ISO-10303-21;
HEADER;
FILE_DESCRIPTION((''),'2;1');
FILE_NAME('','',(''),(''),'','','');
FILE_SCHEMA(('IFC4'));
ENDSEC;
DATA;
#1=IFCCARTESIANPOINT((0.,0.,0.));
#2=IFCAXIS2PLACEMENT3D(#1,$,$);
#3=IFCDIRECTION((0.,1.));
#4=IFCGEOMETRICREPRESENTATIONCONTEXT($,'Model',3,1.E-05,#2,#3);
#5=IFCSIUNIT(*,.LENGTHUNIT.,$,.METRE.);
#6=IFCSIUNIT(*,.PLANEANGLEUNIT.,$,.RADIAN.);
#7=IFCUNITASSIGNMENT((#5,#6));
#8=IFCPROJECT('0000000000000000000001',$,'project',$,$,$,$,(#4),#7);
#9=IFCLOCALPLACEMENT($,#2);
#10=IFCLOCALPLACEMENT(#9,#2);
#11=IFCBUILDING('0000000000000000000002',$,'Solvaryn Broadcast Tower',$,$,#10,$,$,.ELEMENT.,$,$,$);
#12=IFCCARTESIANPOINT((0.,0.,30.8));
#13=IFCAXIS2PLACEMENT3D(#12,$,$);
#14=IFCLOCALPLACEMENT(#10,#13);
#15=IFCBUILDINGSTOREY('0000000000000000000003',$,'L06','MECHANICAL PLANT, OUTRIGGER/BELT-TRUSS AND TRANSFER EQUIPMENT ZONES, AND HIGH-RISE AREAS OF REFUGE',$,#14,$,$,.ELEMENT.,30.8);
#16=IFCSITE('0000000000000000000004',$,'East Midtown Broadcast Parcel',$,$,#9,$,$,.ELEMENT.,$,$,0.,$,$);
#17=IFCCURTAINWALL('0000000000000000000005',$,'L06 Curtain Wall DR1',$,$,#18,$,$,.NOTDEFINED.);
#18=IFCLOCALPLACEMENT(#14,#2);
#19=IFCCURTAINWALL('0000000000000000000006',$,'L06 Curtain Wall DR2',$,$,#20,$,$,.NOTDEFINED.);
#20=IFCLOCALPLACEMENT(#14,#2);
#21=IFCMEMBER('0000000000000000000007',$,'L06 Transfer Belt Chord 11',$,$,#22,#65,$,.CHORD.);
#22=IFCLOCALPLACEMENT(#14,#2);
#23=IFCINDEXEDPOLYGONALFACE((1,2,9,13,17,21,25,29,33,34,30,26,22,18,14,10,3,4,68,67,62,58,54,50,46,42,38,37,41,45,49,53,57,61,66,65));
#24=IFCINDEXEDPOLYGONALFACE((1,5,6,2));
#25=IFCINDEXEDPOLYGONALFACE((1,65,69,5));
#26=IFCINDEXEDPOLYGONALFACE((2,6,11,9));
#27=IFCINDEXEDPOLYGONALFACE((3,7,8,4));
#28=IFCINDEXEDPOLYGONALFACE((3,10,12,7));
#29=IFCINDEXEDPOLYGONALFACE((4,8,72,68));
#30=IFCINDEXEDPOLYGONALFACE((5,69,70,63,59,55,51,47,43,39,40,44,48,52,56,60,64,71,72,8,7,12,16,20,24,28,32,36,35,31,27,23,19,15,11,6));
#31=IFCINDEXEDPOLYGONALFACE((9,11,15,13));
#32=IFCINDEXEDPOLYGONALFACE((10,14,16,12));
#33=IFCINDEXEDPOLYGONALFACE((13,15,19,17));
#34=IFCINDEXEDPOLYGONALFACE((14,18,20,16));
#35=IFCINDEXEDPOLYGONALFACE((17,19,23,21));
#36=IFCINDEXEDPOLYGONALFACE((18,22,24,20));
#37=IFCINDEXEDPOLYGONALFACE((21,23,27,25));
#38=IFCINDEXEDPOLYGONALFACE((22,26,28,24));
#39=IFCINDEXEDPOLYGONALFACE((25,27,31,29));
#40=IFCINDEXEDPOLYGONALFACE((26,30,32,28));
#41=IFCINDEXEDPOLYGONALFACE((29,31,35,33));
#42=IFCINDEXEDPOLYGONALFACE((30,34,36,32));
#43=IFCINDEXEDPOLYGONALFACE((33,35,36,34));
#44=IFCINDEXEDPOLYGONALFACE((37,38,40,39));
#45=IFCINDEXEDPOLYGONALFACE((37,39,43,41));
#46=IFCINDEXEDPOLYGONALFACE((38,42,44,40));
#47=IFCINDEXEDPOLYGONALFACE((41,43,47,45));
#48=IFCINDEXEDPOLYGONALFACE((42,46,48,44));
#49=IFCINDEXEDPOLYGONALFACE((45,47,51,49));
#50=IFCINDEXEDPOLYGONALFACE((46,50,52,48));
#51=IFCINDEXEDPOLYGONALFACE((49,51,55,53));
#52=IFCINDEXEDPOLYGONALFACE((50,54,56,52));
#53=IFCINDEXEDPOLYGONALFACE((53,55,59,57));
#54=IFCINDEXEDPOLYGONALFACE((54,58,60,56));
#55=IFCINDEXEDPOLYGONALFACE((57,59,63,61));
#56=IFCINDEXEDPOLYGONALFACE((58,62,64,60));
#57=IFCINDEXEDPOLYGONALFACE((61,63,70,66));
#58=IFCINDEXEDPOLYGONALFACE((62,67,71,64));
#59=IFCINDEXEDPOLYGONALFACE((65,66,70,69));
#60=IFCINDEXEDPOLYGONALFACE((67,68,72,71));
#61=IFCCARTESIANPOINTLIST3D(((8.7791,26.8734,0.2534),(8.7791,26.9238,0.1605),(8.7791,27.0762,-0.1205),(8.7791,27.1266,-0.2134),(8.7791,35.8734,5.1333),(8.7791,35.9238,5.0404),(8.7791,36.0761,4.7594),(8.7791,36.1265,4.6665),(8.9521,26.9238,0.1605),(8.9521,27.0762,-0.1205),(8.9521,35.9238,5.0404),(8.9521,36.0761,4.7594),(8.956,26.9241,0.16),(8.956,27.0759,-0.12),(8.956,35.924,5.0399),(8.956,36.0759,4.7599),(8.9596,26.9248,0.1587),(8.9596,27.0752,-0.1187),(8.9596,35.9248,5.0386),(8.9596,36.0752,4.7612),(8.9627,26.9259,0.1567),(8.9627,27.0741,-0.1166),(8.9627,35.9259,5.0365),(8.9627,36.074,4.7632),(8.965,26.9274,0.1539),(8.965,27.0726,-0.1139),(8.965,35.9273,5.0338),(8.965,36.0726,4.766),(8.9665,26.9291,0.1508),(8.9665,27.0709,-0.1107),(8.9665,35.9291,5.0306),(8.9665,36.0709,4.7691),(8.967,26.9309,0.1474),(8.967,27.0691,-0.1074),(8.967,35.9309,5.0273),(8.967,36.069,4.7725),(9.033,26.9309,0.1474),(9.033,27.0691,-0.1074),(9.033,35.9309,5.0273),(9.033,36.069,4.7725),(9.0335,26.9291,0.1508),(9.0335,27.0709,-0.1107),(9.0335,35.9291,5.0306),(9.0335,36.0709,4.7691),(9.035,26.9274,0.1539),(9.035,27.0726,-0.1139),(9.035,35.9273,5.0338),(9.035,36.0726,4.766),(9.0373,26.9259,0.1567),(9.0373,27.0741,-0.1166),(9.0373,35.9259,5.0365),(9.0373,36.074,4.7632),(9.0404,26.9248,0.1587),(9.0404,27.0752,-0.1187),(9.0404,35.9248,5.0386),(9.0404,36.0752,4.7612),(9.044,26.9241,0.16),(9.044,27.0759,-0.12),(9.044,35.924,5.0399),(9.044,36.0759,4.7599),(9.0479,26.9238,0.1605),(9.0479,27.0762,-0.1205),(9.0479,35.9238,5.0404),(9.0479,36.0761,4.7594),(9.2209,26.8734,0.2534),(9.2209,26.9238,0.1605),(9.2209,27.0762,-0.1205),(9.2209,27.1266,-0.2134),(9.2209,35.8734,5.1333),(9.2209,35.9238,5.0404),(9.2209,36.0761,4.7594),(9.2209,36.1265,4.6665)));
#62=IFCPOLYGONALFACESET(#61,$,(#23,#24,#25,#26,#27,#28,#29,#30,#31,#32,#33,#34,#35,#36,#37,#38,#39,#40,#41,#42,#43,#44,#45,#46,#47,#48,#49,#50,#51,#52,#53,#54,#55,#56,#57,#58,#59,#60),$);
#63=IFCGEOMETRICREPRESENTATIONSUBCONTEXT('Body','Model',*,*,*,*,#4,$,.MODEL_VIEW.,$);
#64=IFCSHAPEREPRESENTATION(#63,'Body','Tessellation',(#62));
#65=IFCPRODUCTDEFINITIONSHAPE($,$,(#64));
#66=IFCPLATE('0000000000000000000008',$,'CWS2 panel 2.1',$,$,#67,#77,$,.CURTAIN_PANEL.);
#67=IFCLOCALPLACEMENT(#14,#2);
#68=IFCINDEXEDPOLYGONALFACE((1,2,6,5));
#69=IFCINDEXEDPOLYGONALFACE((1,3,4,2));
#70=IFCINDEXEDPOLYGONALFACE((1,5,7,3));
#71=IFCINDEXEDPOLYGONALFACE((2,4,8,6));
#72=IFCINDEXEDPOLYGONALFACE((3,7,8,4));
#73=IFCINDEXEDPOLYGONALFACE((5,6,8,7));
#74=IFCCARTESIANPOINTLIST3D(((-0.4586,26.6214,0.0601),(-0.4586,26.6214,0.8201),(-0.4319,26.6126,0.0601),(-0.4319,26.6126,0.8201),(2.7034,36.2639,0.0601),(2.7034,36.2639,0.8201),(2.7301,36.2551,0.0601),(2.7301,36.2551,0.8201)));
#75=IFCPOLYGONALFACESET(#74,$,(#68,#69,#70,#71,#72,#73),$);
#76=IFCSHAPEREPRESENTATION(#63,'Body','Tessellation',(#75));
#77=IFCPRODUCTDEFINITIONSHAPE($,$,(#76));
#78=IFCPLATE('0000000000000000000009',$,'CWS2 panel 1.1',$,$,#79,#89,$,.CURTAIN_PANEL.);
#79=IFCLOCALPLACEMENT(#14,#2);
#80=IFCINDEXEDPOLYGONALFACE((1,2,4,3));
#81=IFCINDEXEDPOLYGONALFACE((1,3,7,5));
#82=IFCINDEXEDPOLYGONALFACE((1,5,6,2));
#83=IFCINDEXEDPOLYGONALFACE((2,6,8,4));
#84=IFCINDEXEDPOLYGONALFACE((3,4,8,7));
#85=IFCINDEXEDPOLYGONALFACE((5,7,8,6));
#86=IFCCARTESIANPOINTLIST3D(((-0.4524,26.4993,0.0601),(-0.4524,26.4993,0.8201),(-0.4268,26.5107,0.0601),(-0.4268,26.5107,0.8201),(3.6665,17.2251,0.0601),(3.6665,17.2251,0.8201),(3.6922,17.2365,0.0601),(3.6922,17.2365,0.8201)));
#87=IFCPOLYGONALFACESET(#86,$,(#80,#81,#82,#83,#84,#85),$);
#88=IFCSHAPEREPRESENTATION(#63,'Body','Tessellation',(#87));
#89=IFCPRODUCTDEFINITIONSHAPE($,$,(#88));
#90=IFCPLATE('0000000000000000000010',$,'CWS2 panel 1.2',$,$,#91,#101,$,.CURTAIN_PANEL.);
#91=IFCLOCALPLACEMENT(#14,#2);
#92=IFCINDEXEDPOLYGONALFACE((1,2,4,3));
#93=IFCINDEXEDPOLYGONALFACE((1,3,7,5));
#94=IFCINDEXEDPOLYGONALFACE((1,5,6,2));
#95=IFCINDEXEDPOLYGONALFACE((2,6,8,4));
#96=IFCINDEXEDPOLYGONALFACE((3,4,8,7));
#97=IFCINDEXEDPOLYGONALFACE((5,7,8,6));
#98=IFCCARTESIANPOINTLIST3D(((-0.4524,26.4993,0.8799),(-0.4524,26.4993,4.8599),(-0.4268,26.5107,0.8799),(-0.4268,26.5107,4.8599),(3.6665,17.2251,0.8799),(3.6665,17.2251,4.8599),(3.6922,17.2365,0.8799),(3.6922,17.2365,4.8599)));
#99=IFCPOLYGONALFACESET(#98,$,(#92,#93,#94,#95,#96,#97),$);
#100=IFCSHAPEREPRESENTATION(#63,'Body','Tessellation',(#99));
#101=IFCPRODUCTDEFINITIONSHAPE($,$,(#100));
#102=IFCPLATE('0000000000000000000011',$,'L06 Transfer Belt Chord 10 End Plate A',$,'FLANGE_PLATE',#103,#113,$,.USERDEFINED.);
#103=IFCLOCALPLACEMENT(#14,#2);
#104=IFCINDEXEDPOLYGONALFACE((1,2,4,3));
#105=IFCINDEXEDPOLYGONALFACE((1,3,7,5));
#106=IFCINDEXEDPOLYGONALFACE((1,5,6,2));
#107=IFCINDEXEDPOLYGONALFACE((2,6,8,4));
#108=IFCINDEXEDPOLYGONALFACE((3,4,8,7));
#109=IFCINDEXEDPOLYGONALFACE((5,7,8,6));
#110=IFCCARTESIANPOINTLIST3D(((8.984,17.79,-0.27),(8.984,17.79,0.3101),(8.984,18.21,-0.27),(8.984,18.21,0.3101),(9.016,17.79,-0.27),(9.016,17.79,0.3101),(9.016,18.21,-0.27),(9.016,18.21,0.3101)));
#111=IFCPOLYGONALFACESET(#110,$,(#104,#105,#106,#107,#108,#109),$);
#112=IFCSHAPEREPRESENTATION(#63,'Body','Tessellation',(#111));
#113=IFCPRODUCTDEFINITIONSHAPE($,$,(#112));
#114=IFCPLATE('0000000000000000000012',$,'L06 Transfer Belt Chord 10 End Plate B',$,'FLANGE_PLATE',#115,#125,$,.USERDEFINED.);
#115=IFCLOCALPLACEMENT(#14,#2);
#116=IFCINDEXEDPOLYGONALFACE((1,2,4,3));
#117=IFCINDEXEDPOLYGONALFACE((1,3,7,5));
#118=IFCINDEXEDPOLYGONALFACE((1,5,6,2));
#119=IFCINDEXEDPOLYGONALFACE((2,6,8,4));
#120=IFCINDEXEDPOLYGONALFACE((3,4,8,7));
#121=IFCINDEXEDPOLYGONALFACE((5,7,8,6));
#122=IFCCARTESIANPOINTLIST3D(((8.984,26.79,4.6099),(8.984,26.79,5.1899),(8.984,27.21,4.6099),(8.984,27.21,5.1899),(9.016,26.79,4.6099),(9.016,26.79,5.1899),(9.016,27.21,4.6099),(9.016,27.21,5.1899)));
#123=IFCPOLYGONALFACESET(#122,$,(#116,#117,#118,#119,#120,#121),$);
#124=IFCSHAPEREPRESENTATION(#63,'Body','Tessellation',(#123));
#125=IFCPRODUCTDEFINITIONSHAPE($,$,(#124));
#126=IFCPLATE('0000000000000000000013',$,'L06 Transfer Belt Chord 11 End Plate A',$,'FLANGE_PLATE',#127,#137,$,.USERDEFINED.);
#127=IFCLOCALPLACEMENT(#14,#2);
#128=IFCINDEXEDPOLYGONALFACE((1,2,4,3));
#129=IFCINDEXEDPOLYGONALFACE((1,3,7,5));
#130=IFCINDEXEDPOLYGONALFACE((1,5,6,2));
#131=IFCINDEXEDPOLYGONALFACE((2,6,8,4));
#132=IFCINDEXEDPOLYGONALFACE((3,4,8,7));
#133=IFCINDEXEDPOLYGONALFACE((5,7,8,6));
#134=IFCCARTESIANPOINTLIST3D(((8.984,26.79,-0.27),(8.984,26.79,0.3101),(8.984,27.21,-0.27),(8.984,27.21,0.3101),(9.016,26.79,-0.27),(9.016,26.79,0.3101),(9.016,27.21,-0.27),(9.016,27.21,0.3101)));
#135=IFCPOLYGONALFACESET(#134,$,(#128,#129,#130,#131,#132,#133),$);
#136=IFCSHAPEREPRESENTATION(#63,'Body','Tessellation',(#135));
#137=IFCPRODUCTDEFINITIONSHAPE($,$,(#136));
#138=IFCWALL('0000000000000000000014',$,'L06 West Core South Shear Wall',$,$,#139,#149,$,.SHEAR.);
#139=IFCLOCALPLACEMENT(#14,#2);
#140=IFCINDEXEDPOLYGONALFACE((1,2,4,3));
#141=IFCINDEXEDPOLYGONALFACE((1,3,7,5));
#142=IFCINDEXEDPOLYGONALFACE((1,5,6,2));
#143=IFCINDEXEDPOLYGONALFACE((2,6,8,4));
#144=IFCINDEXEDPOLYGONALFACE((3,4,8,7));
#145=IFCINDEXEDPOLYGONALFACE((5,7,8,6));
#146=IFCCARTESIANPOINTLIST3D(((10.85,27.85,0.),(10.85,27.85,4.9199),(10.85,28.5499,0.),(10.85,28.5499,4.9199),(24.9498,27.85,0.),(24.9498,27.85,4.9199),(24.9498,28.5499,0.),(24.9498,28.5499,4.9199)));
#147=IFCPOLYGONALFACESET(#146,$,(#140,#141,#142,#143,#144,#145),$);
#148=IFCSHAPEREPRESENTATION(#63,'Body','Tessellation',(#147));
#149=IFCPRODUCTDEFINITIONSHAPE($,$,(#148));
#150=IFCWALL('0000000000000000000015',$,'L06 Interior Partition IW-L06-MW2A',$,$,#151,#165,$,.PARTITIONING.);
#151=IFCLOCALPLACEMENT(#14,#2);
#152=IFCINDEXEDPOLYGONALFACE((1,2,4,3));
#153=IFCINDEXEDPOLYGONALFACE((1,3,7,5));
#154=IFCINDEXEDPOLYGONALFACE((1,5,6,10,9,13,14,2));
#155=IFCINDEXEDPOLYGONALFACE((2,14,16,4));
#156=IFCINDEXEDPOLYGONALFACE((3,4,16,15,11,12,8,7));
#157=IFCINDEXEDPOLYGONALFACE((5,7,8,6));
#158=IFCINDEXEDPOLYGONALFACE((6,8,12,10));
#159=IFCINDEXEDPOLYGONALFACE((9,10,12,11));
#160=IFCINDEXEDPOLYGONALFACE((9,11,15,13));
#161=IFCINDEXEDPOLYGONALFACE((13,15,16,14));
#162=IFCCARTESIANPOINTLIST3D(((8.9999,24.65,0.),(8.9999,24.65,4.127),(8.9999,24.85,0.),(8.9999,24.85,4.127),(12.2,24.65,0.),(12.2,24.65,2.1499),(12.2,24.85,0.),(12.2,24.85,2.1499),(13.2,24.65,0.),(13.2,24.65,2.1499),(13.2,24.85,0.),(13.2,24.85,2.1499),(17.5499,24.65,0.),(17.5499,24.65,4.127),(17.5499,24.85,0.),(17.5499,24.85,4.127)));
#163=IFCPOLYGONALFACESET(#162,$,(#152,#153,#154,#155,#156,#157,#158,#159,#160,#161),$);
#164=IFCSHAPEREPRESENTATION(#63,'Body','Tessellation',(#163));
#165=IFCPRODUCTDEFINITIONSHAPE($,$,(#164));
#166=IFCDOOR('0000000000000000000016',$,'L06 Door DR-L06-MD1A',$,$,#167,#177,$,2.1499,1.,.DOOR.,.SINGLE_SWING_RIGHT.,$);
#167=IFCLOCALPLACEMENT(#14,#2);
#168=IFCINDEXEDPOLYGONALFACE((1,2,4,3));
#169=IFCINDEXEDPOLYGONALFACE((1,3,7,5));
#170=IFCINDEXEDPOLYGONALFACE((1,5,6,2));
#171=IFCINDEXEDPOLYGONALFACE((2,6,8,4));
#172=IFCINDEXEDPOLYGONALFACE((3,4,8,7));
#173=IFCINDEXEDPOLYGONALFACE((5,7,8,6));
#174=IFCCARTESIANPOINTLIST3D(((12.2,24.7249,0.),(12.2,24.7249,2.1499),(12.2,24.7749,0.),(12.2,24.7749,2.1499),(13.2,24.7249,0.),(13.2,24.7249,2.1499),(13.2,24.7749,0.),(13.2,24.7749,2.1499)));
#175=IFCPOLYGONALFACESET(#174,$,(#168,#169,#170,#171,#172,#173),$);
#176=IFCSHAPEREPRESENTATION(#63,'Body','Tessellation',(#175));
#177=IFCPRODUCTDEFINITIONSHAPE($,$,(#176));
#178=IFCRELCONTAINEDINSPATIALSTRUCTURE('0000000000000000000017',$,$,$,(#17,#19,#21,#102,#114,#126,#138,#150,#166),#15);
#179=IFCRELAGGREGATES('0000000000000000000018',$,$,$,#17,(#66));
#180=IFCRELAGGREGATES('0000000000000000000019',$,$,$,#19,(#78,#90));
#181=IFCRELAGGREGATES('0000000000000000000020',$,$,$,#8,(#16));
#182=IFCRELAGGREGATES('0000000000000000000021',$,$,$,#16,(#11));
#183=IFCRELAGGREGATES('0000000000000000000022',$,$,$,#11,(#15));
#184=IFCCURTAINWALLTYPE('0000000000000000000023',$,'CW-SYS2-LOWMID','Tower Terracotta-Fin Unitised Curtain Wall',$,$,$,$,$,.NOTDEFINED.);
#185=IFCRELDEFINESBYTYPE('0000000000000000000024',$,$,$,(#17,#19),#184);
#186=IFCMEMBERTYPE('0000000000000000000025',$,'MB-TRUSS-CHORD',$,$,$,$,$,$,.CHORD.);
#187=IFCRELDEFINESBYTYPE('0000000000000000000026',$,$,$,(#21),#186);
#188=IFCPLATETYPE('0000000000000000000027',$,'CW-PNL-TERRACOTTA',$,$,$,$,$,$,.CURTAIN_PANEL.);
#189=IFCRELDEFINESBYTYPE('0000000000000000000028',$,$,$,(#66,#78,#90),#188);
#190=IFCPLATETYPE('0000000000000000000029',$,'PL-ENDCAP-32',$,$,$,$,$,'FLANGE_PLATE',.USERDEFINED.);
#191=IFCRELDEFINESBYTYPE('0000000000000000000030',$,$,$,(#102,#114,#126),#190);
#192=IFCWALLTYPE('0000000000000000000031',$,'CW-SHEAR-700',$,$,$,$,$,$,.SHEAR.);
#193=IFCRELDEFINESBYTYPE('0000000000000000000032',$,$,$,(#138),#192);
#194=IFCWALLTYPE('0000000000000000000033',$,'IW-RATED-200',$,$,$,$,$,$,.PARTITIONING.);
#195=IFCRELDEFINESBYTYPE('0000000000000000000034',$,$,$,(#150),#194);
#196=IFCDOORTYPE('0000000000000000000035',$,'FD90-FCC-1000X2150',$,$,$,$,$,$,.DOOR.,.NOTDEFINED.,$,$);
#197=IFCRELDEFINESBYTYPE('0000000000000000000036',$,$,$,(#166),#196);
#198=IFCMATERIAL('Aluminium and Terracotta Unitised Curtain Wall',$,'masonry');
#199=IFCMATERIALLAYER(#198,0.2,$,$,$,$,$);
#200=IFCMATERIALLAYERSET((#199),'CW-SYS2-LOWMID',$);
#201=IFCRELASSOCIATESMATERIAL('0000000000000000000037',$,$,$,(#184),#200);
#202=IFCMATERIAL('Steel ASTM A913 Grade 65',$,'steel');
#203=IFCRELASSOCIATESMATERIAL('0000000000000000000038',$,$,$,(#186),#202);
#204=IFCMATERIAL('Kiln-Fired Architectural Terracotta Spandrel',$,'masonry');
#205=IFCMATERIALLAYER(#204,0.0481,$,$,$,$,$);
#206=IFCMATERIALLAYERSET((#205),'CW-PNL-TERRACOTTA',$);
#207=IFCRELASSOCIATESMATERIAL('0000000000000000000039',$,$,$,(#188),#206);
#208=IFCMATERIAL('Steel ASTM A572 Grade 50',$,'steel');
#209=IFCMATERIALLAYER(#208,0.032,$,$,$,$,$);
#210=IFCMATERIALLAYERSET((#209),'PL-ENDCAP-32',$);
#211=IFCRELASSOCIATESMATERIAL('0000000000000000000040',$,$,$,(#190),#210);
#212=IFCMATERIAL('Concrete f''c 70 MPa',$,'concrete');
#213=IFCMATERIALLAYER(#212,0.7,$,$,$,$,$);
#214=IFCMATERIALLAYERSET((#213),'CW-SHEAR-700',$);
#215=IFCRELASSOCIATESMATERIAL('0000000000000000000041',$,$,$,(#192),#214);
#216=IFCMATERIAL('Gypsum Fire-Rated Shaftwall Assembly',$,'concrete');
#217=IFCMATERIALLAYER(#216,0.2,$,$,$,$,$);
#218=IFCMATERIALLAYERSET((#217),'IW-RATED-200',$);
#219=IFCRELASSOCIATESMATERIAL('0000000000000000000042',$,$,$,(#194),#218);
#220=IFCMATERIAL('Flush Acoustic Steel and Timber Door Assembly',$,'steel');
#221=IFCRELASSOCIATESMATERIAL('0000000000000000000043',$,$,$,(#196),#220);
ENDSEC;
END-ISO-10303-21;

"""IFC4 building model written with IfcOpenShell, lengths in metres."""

from ifc_helpers import new_model, si_unit, direction, frame, frame_2d, origin, origin_2d, place, context, subcontext, project, spatial, rectangle, i_section, extrude, material, layer, layer_set, material_profile, profile_set, type_object, element, fill, aggregate, save


model = new_model("IFC4")

# Units and contexts
model_context = context("Model", 3, precision=1e-05, world=origin(), true_north=direction((0.0, 1.0)))
body_context = subcontext(model_context, "Body", "Model", "MODEL_VIEW")
ifc_project = project(units=[si_unit("LENGTHUNIT", "METRE"), si_unit("PLANEANGLEUNIT", "RADIAN")], contexts=[model_context])

# Site, building, storey
site_placement = place(None, origin())
site = spatial("IfcSite", under=ifc_project, at=site_placement, Name="East Midtown Broadcast Parcel", CompositionType="ELEMENT", RefElevation=0.0)
building_placement = place(site_placement, origin())
building = spatial("IfcBuilding", under=site, at=building_placement, Name="Solvaryn Broadcast Tower", CompositionType="ELEMENT")
storey_placement = place(building_placement, frame((0.0, 0.0, 30.8)))
storey = spatial("IfcBuildingStorey", under=building, at=storey_placement, Name="L06", Description="MECHANICAL PLANT, OUTRIGGER/BELT-TRUSS AND TRANSFER EQUIPMENT ZONES, AND HIGH-RISE AREAS OF REFUGE", CompositionType="ELEMENT", Elevation=30.8)

# Curtain wall
ifc_material_1 = material(Name="Aluminium and Terracotta Unitised Curtain Wall", Category="masonry")
ifc_layer_1 = layer(ifc_material_1, 0.2)
ifc_layer_set_1 = layer_set([ifc_layer_1], Name="CW-SYS2-LOWMID")
curtain_wall_type = type_object("IfcCurtainWallType", Name="CW-SYS2-LOWMID", Description="Tower Terracotta-Fin Unitised Curtain Wall", PredefinedType="NOTDEFINED", material=ifc_layer_set_1)
curtain_wall_1_placement = place(storey_placement, origin())
curtain_wall_1 = element("IfcCurtainWall", 1, at=curtain_wall_1_placement, inside=storey, type_object=curtain_wall_type, Name="L06 Curtain Wall DR1", PredefinedType="NOTDEFINED")

# Curtain wall
curtain_wall_2_placement = place(storey_placement, origin())
curtain_wall_2 = element("IfcCurtainWall", 2, at=curtain_wall_2_placement, inside=storey, type_object=curtain_wall_type, Name="L06 Curtain Wall DR2", PredefinedType="NOTDEFINED")

# Member
ifc_material_2 = material(Name="Steel ASTM A913 Grade 65", Category="steel")
ifc_material_profile_1 = material_profile(ifc_material_2, i_section(OverallWidth=0.4419, OverallDepth=0.531, WebThickness=0.0659, FlangeThickness=0.1057, FilletRadius=0.0149, at=origin_2d()))
ifc_profile_set_1 = profile_set([ifc_material_profile_1], Name="Steel ASTM A913 Grade 65")
member_type_1 = type_object("IfcMemberType", Name="MB-TRUSS-CHORD", PredefinedType="CHORD", material=ifc_profile_set_1)
for number, where, z_axis, x_axis, name in (
    (3, (9.0, 27.0, 0.02), (0.0, 0.879092, 0.476652), (-1.0, 0.0, 0.0), "L06 Transfer Belt Chord 11"),
):
    element("IfcMember", number, at=place(storey_placement, frame(where, z_axis=z_axis, x_axis=x_axis)), inside=storey, type_object=member_type_1, Name=name, PredefinedType="CHORD", context=body_context, shape_type="SweptSolid", body=[
        extrude(i_section(OverallWidth=0.4419, OverallDepth=0.531, WebThickness=0.0659, FlangeThickness=0.1057, FilletRadius=0.0149, at=origin_2d()), origin(), (0.0, 0.0, 1.0), 10.2378),
    ])

# Plates
ifc_material_3 = material(Name="Kiln-Fired Architectural Terracotta Spandrel", Category="masonry")
ifc_layer_2 = layer(ifc_material_3, 0.0481)
ifc_layer_set_2 = layer_set([ifc_layer_2], Name="CW-PNL-TERRACOTTA")
plate_type_1 = type_object("IfcPlateType", Name="CW-PNL-TERRACOTTA", PredefinedType="CURTAIN_PANEL", material=ifc_layer_set_2)
plate_1_placement = place(storey_placement, frame((1.1357, 31.4382, 0.0601), z_axis=(0.0, 0.0, 1.0), x_axis=(-0.311594, -0.950215, 0.0)))
plate_1 = element("IfcPlate", 4, at=plate_1_placement, type_object=plate_type_1, Name="CWS2 panel 2.1", PredefinedType="CURTAIN_PANEL", context=body_context, shape_type="SweptSolid", body=[
    extrude(rectangle(XDim=10.1477, YDim=0.0281, at=origin_2d()), origin(), (0.0, 0.0, 1.0), 0.76),
])
aggregate(curtain_wall_1, [plate_1])
plate_2_placement = place(storey_placement, frame((1.6199, 21.8679, 0.0601), z_axis=(0.0, 0.0, 1.0), x_axis=(0.405898, -0.913918, 0.0)))
plate_2 = element("IfcPlate", 5, at=plate_2_placement, type_object=plate_type_1, Name="CWS2 panel 1.1", PredefinedType="CURTAIN_PANEL", context=body_context, shape_type="SweptSolid", body=[
    extrude(rectangle(XDim=10.1477, YDim=0.0281, at=origin_2d()), origin(), (0.0, 0.0, 1.0), 0.76),
])
plate_3_placement = place(storey_placement, frame((1.6199, 21.8679, 0.8799), z_axis=(0.0, 0.0, 1.0), x_axis=(0.405898, -0.913918, 0.0)))
plate_3 = element("IfcPlate", 6, at=plate_3_placement, type_object=plate_type_1, Name="CWS2 panel 1.2", PredefinedType="CURTAIN_PANEL", context=body_context, shape_type="SweptSolid", body=[
    extrude(rectangle(XDim=10.1477, YDim=0.0281, at=origin_2d()), origin(), (0.0, 0.0, 1.0), 3.98),
])
aggregate(curtain_wall_2, [plate_2, plate_3])

# Plates
ifc_material_4 = material(Name="Steel ASTM A572 Grade 50", Category="steel")
ifc_layer_3 = layer(ifc_material_4, 0.032)
ifc_layer_set_3 = layer_set([ifc_layer_3], Name="PL-ENDCAP-32")
plate_type_2 = type_object("IfcPlateType", Name="PL-ENDCAP-32", ElementType="FLANGE_PLATE", PredefinedType="USERDEFINED", material=ifc_layer_set_3)
for number, where, z_axis, x_axis, name in (
    (7, (9.0, 18.0, -0.27), (0.0, 0.0, 1.0), (1.0, 0.0, 0.0), "L06 Transfer Belt Chord 10 End Plate A"),
    (8, (9.0, 27.0, 4.6099), (0.0, 0.0, 1.0), (1.0, 0.0, 0.0), "L06 Transfer Belt Chord 10 End Plate B"),
    (9, (9.0, 27.0, -0.27), (0.0, 0.0, 1.0), (1.0, 0.0, 0.0), "L06 Transfer Belt Chord 11 End Plate A"),
):
    element("IfcPlate", number, at=place(storey_placement, frame(where, z_axis=z_axis, x_axis=x_axis)), inside=storey, type_object=plate_type_2, Name=name, ObjectType="FLANGE_PLATE", PredefinedType="USERDEFINED", context=body_context, shape_type="SweptSolid", body=[
        extrude(rectangle(XDim=0.032, YDim=0.4199, at=origin_2d()), origin(), (0.0, 0.0, 1.0), 0.5801),
    ])

# Wall
ifc_material_5 = material(Name="Concrete f'c 70 MPa", Category="concrete")
ifc_layer_4 = layer(ifc_material_5, 0.7)
ifc_layer_set_4 = layer_set([ifc_layer_4], Name="CW-SHEAR-700")
wall_type_1 = type_object("IfcWallType", Name="CW-SHEAR-700", PredefinedType="SHEAR", material=ifc_layer_set_4)
wall_1_placement = place(storey_placement, frame((10.8501, 28.2, 0.0), z_axis=(0.0, 0.0, 1.0), x_axis=(1.0, 0.0, 0.0)))
element("IfcWall", 10, at=wall_1_placement, inside=storey, type_object=wall_type_1, Name="L06 West Core South Shear Wall", PredefinedType="SHEAR", context=body_context, shape_type="SweptSolid", body=[
    extrude(rectangle(XDim=14.0999, YDim=0.7, at=frame_2d((7.0498, 0.0))), origin(), (0.0, 0.0, 1.0), 4.9199),
])

# Wall, opening, door
ifc_material_6 = material(Name="Gypsum Fire-Rated Shaftwall Assembly", Category="concrete")
ifc_layer_5 = layer(ifc_material_6, 0.2)
ifc_layer_set_5 = layer_set([ifc_layer_5], Name="IW-RATED-200")
wall_type_2 = type_object("IfcWallType", Name="IW-RATED-200", PredefinedType="PARTITIONING", material=ifc_layer_set_5)
wall_2_placement = place(storey_placement, frame((9.0, 24.75, 0.0), z_axis=(0.0, 0.0, 1.0), x_axis=(1.0, 0.0, 0.0)))
wall_2 = element("IfcWall", 11, at=wall_2_placement, inside=storey, type_object=wall_type_2, Name="L06 Interior Partition IW-L06-MW2A", PredefinedType="PARTITIONING", context=body_context, shape_type="SweptSolid", body=[
    extrude(rectangle(XDim=8.55, YDim=0.2, at=frame_2d((4.2749, 0.0))), origin(), (0.0, 0.0, 1.0), 4.127),
])
opening_1_placement = place(wall_2_placement, frame((3.2, 0.0, 0.0)))
opening_1 = element("IfcOpeningElement", 12, at=opening_1_placement, cuts=wall_2, PredefinedType="OPENING", context=body_context, shape_type="SweptSolid", body=[
    extrude(rectangle(XDim=1.0, YDim=2.1499, at=frame_2d((0.5, 1.075))), frame((0.0, 0.1101, 0.0), z_axis=(0.0, -1.0, 0.0), x_axis=(1.0, 0.0, 0.0)), (0.0, 0.0, 1.0), 0.22),
])
ifc_material_7 = material(Name="Flush Acoustic Steel and Timber Door Assembly", Category="steel")
door_type_1 = type_object("IfcDoorType", Name="FD90-FCC-1000X2150", OperationType="NOTDEFINED", PredefinedType="DOOR", material=ifc_material_7)
door_1_placement = place(opening_1_placement, origin())
door_1 = element("IfcDoor", 13, at=door_1_placement, inside=storey, type_object=door_type_1, Name="L06 Door DR-L06-MD1A", OperationType="SINGLE_SWING_RIGHT", OverallHeight=2.1499, OverallWidth=1.0, PredefinedType="DOOR", context=body_context, shape_type="SweptSolid", body=[
    extrude(rectangle(XDim=1.0, YDim=2.1499, at=frame_2d((0.5, 1.075))), frame((0.0, 0.0249, 0.0), z_axis=(0.0, -1.0, 0.0), x_axis=(1.0, 0.0, 0.0)), (0.0, 0.0, 1.0), 0.05),
])
fill(opening_1, door_1)

save(model, "model.ifc")
